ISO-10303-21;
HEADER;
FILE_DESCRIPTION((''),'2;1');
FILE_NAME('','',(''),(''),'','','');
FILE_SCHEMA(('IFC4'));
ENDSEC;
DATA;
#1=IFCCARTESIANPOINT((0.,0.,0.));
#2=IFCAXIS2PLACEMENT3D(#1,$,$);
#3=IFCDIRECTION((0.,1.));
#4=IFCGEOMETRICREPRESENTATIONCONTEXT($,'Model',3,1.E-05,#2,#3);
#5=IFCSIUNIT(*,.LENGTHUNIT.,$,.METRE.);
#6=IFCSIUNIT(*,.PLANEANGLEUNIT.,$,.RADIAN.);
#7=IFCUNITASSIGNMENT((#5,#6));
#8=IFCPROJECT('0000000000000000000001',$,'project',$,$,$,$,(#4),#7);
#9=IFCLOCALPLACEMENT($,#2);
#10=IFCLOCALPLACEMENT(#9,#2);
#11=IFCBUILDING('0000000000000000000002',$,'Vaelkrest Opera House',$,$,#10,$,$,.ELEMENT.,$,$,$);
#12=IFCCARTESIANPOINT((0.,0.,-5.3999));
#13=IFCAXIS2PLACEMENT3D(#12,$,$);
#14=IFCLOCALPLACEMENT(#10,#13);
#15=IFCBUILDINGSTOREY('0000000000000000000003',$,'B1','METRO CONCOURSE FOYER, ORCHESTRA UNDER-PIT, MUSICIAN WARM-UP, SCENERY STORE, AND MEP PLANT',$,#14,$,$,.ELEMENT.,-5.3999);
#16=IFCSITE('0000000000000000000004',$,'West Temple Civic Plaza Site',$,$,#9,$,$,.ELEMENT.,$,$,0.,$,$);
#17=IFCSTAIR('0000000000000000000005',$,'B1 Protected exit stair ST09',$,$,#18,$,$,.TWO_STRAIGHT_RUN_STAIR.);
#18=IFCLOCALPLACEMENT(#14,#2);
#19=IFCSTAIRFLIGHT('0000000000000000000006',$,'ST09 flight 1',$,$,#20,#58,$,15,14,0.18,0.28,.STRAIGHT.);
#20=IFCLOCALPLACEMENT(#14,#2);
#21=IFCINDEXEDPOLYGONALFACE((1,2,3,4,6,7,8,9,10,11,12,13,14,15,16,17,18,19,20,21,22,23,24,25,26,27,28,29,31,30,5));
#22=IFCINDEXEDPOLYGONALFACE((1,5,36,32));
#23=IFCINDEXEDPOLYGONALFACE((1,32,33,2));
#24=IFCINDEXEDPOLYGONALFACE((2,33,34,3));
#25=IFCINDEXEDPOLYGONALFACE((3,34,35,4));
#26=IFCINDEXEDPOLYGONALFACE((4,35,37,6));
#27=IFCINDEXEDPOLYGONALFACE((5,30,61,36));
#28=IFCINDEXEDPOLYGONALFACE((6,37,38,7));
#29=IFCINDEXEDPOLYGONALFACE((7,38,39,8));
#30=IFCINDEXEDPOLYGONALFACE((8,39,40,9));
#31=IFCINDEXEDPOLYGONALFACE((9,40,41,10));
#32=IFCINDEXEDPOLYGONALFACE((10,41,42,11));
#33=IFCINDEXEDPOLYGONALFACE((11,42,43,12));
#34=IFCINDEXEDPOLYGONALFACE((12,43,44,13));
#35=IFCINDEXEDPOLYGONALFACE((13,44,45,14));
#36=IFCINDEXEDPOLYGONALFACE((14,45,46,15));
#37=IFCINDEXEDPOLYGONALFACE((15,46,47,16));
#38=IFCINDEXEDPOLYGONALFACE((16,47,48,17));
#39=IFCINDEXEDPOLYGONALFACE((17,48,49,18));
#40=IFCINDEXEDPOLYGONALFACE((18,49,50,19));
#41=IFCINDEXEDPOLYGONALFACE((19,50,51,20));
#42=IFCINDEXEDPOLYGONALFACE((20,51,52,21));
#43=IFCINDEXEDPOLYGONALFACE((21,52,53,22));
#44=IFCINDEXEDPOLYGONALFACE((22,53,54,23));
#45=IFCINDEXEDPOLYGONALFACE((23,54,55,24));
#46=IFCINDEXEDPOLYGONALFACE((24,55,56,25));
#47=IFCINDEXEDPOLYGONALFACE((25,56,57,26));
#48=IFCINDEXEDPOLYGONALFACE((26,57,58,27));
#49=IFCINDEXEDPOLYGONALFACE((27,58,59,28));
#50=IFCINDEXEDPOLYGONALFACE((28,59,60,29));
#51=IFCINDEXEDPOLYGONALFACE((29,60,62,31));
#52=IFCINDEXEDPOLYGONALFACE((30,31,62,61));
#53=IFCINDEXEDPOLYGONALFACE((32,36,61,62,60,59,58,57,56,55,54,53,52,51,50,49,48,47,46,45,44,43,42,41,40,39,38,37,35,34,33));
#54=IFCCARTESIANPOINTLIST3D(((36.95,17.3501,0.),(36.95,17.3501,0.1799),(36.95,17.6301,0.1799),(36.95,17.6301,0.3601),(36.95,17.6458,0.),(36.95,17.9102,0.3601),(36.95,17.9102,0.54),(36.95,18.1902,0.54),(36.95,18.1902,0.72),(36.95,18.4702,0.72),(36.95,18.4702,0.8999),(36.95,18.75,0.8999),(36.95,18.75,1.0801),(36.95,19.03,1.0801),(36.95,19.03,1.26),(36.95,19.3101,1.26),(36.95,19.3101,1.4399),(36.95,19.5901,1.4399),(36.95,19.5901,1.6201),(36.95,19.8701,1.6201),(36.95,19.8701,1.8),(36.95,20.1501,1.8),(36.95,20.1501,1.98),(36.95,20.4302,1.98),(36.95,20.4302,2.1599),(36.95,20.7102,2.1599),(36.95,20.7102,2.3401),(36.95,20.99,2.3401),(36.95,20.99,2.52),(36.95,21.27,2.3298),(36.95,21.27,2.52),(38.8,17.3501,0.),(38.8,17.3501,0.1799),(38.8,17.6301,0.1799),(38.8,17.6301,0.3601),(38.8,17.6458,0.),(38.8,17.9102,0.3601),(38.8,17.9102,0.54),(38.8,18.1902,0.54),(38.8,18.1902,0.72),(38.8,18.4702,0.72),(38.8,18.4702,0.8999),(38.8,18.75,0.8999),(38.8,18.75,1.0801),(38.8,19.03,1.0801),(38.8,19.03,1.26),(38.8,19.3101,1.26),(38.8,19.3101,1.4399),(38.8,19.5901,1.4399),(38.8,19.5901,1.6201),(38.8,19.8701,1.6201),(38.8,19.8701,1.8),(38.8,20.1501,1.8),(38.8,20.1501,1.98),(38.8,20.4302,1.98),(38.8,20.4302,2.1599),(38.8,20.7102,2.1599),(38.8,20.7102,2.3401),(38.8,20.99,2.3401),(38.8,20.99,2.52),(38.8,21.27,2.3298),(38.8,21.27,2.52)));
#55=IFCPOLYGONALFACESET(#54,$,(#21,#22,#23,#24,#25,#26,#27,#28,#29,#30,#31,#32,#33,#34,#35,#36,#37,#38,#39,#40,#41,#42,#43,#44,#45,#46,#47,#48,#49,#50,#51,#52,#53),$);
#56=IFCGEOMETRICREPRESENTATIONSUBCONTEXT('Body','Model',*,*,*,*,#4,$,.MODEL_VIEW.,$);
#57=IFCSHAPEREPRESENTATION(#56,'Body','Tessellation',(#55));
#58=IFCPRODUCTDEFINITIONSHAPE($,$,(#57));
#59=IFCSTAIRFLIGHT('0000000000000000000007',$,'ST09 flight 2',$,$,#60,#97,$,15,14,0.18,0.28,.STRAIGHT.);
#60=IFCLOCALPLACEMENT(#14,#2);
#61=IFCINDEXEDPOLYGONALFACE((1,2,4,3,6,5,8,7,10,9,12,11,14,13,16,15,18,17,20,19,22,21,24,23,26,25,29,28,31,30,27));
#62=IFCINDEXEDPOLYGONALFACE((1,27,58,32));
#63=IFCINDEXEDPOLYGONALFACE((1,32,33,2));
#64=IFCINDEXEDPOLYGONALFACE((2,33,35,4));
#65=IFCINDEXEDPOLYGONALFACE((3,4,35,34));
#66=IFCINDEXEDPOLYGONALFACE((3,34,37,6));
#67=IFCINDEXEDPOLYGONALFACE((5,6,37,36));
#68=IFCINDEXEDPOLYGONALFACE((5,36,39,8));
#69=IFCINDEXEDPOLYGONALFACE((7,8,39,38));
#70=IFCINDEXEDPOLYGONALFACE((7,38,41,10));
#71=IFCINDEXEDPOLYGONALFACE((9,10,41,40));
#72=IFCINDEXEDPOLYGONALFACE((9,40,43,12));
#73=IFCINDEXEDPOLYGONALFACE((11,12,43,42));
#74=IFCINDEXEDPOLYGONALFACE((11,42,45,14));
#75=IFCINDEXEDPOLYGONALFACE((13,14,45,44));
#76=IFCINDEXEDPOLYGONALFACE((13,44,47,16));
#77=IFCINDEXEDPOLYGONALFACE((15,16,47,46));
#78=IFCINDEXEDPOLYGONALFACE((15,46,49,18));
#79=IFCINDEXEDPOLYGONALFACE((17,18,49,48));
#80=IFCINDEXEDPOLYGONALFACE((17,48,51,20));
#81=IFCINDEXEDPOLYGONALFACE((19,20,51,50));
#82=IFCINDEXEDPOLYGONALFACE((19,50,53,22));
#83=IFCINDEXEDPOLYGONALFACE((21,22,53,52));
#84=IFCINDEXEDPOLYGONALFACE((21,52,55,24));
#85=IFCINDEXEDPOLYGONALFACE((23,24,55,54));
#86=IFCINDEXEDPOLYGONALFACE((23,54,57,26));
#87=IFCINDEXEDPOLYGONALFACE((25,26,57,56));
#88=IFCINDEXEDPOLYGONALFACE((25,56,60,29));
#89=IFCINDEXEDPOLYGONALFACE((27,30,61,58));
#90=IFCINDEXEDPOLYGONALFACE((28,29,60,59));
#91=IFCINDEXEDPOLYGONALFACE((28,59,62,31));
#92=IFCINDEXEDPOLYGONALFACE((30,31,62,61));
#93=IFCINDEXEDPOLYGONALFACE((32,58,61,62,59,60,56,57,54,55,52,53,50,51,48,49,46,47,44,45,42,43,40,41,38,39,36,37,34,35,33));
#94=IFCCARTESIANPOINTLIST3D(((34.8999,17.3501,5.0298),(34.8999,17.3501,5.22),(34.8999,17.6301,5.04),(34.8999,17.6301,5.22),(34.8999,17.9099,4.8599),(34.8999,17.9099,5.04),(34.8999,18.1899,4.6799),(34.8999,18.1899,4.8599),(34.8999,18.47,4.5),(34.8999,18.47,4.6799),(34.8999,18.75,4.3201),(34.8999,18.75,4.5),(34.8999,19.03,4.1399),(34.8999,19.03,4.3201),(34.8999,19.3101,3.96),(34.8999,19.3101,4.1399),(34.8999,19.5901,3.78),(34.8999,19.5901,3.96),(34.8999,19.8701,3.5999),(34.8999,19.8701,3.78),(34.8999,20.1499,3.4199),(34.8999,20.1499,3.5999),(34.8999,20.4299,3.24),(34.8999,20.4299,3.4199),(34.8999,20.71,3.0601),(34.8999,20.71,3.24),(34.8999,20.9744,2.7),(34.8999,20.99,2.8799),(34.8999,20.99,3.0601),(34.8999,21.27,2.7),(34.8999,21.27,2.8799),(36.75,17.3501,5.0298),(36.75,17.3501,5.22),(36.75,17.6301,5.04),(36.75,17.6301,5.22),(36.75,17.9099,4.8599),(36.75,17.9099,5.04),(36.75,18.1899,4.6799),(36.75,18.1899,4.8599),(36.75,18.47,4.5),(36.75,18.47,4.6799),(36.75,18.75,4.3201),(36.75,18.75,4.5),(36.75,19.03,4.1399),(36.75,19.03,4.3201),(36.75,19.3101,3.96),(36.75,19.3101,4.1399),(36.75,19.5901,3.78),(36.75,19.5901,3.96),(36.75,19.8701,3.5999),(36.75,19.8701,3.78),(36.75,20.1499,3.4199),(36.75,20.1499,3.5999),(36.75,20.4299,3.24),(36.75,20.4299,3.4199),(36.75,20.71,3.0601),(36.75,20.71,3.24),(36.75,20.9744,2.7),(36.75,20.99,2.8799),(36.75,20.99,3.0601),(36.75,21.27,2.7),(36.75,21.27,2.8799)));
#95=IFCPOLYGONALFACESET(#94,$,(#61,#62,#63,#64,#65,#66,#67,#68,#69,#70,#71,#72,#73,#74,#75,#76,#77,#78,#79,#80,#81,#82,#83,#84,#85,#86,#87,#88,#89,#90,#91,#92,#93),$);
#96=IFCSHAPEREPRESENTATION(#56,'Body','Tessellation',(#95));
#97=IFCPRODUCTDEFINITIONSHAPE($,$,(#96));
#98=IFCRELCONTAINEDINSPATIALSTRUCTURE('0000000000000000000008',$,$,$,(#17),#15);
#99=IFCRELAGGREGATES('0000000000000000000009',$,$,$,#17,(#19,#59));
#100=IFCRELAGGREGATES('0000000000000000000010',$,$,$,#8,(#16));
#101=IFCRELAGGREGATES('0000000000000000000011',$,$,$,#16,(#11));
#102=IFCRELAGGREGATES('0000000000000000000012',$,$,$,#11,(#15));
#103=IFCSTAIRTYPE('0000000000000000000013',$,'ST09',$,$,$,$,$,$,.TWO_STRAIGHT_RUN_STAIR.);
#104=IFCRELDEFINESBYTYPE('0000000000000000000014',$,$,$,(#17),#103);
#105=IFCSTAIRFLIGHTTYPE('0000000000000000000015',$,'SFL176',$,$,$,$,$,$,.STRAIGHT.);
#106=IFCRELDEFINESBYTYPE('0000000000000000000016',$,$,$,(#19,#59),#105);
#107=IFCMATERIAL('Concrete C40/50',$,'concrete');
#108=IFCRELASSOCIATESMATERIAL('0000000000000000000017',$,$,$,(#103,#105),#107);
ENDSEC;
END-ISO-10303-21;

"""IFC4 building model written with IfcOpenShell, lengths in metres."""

from ifc_helpers import new_model, si_unit, direction, frame, origin, place, context, subcontext, project, spatial, polyline, outline, extrude, material, type_object, element, aggregate, save


model = new_model("IFC4")

# Units and contexts
model_context = context("Model", 3, precision=1e-05, world=origin(), true_north=direction((0.0, 1.0)))
body_context = subcontext(model_context, "Body", "Model", "MODEL_VIEW")
ifc_project = project(units=[si_unit("LENGTHUNIT", "METRE"), si_unit("PLANEANGLEUNIT", "RADIAN")], contexts=[model_context])

# Site, building, storey
site_placement = place(None, origin())
site = spatial("IfcSite", under=ifc_project, at=site_placement, Name="West Temple Civic Plaza Site", CompositionType="ELEMENT", RefElevation=0.0)
building_placement = place(site_placement, origin())
building = spatial("IfcBuilding", under=site, at=building_placement, Name="Vaelkrest Opera House", CompositionType="ELEMENT")
storey_placement = place(building_placement, frame((0.0, 0.0, -5.3999)))
storey = spatial("IfcBuildingStorey", under=building, at=storey_placement, Name="B1", Description="METRO CONCOURSE FOYER, ORCHESTRA UNDER-PIT, MUSICIAN WARM-UP, SCENERY STORE, AND MEP PLANT", CompositionType="ELEMENT", Elevation=-5.3999)

# Shared definitions
ifc_material_1 = material(Name="Concrete C40/50", Category="concrete")

# Stair, stair flights
stair_type = type_object("IfcStairType", Name="ST09", PredefinedType="TWO_STRAIGHT_RUN_STAIR", material=ifc_material_1)
stair_placement = place(storey_placement, origin())
stair = element("IfcStair", 1, at=stair_placement, inside=storey, type_object=stair_type, Name="B1 Protected exit stair ST09", PredefinedType="TWO_STRAIGHT_RUN_STAIR")
stair_flight_type = type_object("IfcStairFlightType", Name="SFL176", PredefinedType="STRAIGHT", material=ifc_material_1)
stair_flight_1_placement = place(storey_placement, frame((37.875, 17.3501, 0.0), z_axis=(0.0, 0.0, 1.0), x_axis=(0.0, 1.0, 0.0)))
stair_flight_1 = element("IfcStairFlight", 2, at=stair_flight_1_placement, type_object=stair_flight_type, Name="ST09 flight 1", NumberOfRisers=15, NumberOfTreads=14, PredefinedType="STRAIGHT", RiserHeight=0.18, TreadLength=0.28, context=body_context, shape_type="SweptSolid", body=[
    extrude(outline(polyline([(0.0, 0.0), (0.0, 0.1799), (0.28, 0.1799), (0.28, 0.3601), (0.5601, 0.3601), (0.5601, 0.54), (0.8401, 0.54), (0.8401, 0.72), (1.1201, 0.72), (1.1201, 0.8999), (1.3999, 0.8999), (1.3999, 1.0801), (1.6799, 1.0801), (1.6799, 1.26), (1.96, 1.26), (1.96, 1.4399), (2.24, 1.4399), (2.24, 1.6201), (2.52, 1.6201), (2.52, 1.8), (2.8, 1.8), (2.8, 1.98), (3.0801, 1.98), (3.0801, 2.1599), (3.3601, 2.1599), (3.3601, 2.3401), (3.6399, 2.3401), (3.6399, 2.52), (3.9199, 2.52), (3.9199, 2.7), (3.9199, 2.3298), (0.2957, 0.0), (0.0, 0.0)])), frame((0.0, 0.925, 0.0), z_axis=(0.0, -1.0, 0.0), x_axis=(1.0, 0.0, 0.0)), (0.0, 0.0, 1.0), 1.8501),
])
stair_flight_2_placement = place(storey_placement, frame((35.825, 21.27, 2.7), z_axis=(0.0, 0.0, 1.0), x_axis=(0.0, -1.0, 0.0)))
stair_flight_2 = element("IfcStairFlight", 3, at=stair_flight_2_placement, type_object=stair_flight_type, Name="ST09 flight 2", NumberOfRisers=15, NumberOfTreads=14, PredefinedType="STRAIGHT", RiserHeight=0.18, TreadLength=0.28, context=body_context, shape_type="SweptSolid", body=[
    extrude(outline(polyline([(0.0, 0.0), (0.0, 0.1799), (0.28, 0.1799), (0.28, 0.3601), (0.5601, 0.3601), (0.5601, 0.54), (0.8401, 0.54), (0.8401, 0.72), (1.1201, 0.72), (1.1201, 0.8999), (1.3999, 0.8999), (1.3999, 1.0801), (1.6799, 1.0801), (1.6799, 1.26), (1.96, 1.26), (1.96, 1.4399), (2.24, 1.4399), (2.24, 1.6201), (2.52, 1.6201), (2.52, 1.8), (2.8, 1.8), (2.8, 1.98), (3.0801, 1.98), (3.0801, 2.1599), (3.3601, 2.1599), (3.3601, 2.3401), (3.6399, 2.3401), (3.6399, 2.52), (3.9199, 2.52), (3.9199, 2.7), (3.9199, 2.3298), (0.2957, 0.0), (0.0, 0.0)])), frame((0.0, 0.925, 0.0), z_axis=(0.0, -1.0, 0.0), x_axis=(1.0, 0.0, 0.0)), (0.0, 0.0, 1.0), 1.8501),
])
aggregate(stair, [stair_flight_1, stair_flight_2])

save(model, "model.ifc")
